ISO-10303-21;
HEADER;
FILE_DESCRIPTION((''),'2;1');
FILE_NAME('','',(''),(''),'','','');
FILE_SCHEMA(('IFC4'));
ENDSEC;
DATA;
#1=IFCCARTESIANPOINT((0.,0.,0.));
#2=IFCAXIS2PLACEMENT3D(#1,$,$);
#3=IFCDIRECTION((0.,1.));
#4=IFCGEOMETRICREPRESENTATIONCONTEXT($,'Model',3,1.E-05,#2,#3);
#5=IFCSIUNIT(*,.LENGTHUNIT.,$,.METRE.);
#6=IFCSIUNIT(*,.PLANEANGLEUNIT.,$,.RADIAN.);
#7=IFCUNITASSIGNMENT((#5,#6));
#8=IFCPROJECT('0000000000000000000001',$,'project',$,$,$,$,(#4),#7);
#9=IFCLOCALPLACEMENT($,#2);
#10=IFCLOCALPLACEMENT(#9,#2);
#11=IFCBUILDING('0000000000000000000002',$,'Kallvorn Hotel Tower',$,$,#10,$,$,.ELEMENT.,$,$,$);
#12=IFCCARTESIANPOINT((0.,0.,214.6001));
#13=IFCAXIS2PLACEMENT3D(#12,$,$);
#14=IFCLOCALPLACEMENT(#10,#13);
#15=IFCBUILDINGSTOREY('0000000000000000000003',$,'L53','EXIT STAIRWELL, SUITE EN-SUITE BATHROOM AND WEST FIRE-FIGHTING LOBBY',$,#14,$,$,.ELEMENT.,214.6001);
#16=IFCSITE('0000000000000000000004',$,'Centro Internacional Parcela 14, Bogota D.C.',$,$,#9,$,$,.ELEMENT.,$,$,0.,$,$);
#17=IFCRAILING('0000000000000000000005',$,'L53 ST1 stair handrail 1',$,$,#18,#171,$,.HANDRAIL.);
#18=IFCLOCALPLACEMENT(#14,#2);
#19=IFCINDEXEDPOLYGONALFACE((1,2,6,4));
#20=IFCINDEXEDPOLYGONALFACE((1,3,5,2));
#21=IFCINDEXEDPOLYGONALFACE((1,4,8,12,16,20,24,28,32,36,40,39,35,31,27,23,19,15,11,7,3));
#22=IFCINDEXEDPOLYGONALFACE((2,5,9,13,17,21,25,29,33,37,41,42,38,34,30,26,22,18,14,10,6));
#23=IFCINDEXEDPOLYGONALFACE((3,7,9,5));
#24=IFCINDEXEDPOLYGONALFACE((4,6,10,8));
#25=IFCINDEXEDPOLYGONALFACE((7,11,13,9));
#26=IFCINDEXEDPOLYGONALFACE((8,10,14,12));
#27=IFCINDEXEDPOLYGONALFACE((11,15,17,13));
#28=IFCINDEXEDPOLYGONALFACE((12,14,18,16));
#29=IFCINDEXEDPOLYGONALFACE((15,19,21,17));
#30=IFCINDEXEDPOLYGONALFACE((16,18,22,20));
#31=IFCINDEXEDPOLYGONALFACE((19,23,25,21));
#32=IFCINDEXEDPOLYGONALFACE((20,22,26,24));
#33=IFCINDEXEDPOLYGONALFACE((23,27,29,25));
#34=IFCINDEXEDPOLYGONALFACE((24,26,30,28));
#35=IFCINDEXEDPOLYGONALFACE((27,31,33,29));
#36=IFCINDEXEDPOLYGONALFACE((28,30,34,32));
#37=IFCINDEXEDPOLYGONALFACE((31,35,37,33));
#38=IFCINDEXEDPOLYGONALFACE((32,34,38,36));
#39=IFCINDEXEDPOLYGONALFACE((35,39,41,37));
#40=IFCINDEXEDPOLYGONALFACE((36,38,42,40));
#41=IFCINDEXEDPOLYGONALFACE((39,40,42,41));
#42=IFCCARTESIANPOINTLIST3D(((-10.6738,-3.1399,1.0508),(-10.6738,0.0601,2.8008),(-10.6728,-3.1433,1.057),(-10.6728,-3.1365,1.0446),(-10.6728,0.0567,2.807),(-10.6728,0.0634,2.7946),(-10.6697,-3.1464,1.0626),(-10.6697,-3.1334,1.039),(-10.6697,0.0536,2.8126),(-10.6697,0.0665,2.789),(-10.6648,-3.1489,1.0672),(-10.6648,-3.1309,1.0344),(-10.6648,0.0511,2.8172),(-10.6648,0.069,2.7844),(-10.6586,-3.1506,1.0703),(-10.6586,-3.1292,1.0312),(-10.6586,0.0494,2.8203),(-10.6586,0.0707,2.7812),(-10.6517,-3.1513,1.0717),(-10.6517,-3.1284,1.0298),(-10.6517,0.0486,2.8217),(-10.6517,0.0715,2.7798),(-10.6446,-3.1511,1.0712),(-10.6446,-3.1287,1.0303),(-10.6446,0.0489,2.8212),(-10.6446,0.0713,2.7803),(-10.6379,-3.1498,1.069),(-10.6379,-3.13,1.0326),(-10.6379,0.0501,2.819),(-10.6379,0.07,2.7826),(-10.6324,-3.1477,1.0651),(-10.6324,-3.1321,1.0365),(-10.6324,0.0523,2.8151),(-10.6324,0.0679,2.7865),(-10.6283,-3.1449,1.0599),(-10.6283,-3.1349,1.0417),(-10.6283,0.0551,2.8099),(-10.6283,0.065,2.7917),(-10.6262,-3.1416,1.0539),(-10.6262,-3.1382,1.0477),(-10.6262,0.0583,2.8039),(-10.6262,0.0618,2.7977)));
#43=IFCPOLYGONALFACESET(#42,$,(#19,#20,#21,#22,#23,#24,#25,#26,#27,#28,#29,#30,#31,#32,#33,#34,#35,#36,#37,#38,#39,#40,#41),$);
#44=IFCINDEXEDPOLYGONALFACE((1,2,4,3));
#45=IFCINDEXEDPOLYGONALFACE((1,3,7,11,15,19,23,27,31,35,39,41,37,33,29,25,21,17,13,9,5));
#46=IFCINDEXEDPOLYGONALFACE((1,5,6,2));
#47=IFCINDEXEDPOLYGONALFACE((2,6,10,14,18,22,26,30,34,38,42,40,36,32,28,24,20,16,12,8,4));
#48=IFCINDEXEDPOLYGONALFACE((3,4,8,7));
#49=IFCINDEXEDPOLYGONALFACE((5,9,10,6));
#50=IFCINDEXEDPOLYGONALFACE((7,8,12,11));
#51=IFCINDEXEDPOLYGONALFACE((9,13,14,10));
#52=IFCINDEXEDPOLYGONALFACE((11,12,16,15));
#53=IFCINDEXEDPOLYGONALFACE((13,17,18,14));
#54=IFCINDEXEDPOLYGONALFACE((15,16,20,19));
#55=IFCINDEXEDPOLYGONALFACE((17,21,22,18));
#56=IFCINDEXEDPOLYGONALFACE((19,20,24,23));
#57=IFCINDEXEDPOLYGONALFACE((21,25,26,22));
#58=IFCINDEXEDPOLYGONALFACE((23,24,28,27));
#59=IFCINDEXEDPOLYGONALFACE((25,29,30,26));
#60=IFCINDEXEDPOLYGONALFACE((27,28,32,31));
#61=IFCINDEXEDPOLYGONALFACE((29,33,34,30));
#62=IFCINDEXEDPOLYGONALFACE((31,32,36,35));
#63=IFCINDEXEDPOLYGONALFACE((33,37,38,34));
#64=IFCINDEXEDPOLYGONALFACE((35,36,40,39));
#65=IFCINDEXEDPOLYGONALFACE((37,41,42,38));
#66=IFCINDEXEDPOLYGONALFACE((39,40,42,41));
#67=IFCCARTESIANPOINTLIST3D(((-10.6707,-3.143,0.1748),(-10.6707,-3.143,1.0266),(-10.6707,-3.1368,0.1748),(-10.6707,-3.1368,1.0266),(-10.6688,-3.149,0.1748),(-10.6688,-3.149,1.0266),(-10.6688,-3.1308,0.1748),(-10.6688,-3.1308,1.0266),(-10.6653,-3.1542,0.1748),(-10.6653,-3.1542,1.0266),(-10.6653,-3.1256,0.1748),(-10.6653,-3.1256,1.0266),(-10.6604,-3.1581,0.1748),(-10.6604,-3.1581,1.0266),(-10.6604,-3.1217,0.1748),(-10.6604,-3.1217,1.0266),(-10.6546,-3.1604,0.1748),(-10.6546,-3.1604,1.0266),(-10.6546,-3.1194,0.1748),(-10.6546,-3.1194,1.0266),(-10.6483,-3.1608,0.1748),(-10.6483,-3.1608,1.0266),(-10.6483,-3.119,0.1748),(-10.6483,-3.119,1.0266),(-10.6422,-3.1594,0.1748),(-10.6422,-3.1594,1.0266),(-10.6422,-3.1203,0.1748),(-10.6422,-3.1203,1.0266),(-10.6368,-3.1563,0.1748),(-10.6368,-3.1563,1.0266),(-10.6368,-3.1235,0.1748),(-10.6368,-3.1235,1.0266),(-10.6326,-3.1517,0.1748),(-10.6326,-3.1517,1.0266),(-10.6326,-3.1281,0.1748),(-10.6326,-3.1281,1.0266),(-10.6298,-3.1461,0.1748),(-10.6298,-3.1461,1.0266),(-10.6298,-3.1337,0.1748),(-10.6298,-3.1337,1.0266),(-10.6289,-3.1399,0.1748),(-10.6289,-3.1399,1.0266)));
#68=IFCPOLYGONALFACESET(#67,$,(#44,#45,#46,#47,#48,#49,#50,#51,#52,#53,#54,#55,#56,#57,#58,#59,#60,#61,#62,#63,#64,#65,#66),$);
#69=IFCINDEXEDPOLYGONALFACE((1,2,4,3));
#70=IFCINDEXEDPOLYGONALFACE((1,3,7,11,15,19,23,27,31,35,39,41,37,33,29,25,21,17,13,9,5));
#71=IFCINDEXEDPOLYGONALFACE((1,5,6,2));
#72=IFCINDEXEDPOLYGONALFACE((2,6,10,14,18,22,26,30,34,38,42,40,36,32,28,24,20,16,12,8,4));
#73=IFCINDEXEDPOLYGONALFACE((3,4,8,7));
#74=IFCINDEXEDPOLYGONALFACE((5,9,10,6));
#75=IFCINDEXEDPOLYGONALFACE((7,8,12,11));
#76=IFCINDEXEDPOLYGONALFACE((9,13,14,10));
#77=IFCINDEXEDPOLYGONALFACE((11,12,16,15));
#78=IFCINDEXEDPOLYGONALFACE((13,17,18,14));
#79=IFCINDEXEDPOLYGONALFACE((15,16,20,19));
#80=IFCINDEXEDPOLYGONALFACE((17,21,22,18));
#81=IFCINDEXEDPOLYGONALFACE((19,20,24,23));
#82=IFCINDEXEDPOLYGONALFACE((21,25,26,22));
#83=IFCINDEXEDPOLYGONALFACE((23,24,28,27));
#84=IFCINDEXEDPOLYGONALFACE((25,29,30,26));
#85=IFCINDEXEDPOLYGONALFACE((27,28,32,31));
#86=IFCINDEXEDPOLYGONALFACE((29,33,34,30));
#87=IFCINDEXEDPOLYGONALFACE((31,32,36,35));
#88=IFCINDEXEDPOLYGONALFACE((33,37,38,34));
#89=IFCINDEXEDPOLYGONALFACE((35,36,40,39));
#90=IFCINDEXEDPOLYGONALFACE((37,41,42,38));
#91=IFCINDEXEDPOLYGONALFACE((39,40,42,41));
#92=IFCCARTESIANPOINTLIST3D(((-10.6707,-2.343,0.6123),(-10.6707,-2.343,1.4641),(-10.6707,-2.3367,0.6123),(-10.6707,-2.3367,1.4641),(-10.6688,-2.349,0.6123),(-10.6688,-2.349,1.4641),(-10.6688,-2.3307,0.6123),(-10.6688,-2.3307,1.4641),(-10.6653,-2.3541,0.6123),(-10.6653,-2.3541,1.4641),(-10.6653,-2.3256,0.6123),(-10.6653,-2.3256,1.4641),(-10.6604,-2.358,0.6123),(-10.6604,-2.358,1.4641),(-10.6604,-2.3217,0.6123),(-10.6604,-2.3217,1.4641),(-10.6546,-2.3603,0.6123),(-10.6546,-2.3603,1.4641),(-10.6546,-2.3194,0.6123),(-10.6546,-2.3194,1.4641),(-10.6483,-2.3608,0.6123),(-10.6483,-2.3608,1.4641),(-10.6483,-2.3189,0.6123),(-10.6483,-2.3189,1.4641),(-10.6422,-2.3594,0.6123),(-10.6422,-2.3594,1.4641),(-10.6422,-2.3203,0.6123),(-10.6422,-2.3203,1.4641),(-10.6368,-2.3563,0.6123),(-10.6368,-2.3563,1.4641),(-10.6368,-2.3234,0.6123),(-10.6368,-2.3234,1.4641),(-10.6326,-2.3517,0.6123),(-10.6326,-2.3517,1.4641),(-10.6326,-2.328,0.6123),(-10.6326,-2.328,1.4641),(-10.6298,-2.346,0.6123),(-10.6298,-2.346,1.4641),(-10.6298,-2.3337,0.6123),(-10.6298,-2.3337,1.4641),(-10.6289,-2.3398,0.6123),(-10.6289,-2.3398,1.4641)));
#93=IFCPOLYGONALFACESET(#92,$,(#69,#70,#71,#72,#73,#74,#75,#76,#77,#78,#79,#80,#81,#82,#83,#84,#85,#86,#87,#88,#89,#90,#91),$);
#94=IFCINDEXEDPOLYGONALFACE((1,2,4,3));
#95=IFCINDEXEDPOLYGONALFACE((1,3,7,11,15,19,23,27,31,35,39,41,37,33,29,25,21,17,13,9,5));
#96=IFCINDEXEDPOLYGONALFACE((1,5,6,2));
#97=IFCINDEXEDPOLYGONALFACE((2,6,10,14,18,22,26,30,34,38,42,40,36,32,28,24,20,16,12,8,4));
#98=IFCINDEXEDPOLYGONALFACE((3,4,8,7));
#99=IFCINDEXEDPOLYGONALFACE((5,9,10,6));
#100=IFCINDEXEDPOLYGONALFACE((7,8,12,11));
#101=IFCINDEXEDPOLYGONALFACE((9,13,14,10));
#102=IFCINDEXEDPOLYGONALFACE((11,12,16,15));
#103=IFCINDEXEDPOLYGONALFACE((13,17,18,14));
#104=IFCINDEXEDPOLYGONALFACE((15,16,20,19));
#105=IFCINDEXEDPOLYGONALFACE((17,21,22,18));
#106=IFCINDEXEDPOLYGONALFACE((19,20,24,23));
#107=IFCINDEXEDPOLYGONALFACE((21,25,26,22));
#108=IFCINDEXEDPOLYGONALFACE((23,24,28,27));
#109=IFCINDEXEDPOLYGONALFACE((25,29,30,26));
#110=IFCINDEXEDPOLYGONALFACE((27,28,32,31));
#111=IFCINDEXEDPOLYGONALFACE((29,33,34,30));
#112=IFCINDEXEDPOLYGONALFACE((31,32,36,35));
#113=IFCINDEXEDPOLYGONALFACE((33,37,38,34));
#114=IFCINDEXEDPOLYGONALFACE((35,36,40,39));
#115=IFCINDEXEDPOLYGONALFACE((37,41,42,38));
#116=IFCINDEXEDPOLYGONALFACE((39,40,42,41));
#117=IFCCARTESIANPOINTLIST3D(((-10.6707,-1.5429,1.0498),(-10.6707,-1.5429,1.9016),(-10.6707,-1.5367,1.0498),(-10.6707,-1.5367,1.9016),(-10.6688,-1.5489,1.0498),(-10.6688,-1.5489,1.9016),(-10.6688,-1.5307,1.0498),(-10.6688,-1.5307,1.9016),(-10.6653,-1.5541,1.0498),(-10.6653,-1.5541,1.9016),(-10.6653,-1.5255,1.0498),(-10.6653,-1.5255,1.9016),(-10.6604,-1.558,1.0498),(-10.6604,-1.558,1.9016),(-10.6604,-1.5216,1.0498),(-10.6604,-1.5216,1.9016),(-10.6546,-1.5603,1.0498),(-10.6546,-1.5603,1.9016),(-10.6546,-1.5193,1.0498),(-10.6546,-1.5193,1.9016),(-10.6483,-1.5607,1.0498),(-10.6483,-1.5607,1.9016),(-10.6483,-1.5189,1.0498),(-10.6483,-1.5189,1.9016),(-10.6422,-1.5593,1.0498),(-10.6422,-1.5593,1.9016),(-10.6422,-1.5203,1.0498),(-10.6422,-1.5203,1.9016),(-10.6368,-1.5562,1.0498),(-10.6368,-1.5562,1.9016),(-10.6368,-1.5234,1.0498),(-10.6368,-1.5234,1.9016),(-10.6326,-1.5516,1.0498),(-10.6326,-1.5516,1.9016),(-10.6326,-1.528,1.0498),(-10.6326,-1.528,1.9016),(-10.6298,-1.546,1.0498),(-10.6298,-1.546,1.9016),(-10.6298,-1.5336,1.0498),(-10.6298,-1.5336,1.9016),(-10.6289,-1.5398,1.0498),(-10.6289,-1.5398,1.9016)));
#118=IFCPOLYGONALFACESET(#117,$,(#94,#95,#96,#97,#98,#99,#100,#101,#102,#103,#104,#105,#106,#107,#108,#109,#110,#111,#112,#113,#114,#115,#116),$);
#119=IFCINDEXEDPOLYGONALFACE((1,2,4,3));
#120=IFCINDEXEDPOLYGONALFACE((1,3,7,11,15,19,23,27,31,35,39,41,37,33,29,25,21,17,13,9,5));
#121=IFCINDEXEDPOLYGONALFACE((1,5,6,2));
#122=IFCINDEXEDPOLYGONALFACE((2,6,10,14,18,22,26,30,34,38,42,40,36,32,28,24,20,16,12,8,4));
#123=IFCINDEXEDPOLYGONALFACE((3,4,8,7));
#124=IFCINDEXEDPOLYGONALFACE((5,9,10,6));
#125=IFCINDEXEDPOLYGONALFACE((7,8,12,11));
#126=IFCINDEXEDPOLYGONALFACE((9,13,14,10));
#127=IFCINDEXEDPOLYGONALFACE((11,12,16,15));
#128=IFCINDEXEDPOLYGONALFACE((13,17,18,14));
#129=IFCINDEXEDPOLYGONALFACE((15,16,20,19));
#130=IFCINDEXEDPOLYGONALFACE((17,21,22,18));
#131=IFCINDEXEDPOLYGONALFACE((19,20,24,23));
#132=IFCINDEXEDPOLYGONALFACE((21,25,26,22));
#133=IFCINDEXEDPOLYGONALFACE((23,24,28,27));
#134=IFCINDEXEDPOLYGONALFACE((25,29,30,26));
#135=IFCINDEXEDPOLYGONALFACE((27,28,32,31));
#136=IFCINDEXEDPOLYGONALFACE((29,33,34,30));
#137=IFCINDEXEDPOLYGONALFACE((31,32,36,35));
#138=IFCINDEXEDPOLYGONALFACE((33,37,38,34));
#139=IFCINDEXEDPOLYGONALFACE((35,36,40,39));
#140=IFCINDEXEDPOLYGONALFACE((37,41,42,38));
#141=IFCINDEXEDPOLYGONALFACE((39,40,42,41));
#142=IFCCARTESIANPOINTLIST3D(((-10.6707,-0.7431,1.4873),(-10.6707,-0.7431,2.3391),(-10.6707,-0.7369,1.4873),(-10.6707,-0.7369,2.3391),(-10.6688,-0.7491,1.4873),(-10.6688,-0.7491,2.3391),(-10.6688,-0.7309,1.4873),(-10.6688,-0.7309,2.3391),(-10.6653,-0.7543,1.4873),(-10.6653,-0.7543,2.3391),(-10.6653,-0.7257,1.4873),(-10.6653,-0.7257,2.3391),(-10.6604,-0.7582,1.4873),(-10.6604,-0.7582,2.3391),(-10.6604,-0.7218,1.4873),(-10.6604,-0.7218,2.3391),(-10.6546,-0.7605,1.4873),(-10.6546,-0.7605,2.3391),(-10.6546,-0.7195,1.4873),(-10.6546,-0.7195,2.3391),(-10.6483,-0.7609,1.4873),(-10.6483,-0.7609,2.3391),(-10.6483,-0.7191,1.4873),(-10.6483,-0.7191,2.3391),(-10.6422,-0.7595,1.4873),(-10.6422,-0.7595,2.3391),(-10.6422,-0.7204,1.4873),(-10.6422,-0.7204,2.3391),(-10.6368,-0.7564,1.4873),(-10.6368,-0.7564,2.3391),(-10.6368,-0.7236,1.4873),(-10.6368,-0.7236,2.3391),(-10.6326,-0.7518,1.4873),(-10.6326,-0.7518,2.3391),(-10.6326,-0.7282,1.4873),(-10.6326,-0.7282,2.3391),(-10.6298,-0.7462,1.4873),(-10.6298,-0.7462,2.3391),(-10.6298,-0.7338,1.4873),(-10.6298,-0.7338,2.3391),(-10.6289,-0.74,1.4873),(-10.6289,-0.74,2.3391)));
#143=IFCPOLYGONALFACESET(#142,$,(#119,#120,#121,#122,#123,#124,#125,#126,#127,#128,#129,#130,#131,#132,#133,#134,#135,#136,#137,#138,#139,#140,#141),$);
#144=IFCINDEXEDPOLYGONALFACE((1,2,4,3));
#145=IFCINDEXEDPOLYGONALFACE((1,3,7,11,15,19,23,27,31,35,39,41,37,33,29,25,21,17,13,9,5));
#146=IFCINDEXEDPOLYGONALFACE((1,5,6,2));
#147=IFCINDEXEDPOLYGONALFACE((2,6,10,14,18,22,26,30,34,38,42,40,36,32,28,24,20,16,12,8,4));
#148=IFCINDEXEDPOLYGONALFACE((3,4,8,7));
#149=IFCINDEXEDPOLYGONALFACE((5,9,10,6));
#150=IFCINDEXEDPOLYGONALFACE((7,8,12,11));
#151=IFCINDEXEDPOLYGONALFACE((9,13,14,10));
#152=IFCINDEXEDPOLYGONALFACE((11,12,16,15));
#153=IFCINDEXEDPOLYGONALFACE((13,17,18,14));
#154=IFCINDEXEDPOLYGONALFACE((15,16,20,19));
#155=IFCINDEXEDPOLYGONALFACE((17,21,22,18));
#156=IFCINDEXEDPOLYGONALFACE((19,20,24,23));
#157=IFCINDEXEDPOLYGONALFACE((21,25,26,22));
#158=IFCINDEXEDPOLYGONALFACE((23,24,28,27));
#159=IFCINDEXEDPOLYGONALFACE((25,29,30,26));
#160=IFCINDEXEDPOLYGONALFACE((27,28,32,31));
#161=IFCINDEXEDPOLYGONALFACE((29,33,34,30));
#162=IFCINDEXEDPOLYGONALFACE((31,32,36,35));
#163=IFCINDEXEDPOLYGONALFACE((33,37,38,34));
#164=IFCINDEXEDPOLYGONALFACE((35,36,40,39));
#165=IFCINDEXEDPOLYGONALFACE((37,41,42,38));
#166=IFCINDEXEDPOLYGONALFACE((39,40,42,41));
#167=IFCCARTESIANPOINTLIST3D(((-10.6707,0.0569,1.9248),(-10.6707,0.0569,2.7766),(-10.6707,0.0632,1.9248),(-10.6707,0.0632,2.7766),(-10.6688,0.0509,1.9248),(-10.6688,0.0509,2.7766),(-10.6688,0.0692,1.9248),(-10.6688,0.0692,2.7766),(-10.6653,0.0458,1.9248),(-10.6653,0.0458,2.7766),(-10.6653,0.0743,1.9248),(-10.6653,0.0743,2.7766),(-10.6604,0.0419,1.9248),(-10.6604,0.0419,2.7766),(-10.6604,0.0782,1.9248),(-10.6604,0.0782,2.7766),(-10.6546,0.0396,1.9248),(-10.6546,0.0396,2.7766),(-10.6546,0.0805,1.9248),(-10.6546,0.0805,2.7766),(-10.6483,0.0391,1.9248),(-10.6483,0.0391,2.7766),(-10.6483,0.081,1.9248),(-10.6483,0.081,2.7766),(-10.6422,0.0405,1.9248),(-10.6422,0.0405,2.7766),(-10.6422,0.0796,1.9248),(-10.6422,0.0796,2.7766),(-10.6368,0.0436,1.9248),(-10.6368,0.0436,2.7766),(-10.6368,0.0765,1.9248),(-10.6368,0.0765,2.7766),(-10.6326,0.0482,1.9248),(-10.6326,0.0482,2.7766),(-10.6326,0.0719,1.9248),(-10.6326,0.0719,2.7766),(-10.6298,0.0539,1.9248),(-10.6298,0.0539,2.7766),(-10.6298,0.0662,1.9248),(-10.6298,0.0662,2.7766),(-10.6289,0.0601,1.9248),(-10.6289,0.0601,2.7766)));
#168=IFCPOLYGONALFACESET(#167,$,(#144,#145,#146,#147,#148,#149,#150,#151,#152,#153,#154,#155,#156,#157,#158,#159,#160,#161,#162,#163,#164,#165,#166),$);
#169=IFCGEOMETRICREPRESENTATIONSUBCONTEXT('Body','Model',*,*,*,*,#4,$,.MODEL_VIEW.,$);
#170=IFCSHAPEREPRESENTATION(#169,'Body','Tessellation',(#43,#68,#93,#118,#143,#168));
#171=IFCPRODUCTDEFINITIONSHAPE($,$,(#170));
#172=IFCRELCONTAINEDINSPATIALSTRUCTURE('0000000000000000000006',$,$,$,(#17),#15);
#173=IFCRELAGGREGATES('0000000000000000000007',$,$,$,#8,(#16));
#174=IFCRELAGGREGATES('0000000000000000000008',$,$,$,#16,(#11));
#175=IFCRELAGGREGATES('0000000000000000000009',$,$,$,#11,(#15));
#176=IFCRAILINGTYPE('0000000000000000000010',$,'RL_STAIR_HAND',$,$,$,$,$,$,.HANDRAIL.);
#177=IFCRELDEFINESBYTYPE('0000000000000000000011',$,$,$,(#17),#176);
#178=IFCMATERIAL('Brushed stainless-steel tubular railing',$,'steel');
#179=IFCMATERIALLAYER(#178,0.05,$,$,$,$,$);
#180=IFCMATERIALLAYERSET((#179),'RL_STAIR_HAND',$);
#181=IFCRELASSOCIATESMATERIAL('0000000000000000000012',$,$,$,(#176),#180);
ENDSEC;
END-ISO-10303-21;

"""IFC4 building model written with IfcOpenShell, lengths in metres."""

from ifc_helpers import new_model, si_unit, direction, frame, origin, origin_2d, place, context, subcontext, project, spatial, circle, extrude, material, layer, layer_set, type_object, element, save


model = new_model("IFC4")

# Units and contexts
model_context = context("Model", 3, precision=1e-05, world=origin(), true_north=direction((0.0, 1.0)))
body_context = subcontext(model_context, "Body", "Model", "MODEL_VIEW")
ifc_project = project(units=[si_unit("LENGTHUNIT", "METRE"), si_unit("PLANEANGLEUNIT", "RADIAN")], contexts=[model_context])

# Site, building, storey
site_placement = place(None, origin())
site = spatial("IfcSite", under=ifc_project, at=site_placement, Name="Centro Internacional Parcela 14, Bogota D.C.", CompositionType="ELEMENT", RefElevation=0.0)
building_placement = place(site_placement, origin())
building = spatial("IfcBuilding", under=site, at=building_placement, Name="Kallvorn Hotel Tower", CompositionType="ELEMENT")
storey_placement = place(building_placement, frame((0.0, 0.0, 214.6001)))
storey = spatial("IfcBuildingStorey", under=building, at=storey_placement, Name="L53", Description="EXIT STAIRWELL, SUITE EN-SUITE BATHROOM AND WEST FIRE-FIGHTING LOBBY", CompositionType="ELEMENT", Elevation=214.6001)

# Railing
ifc_material_1 = material(Name="Brushed stainless-steel tubular railing", Category="steel")
ifc_layer_1 = layer(ifc_material_1, 0.05)
ifc_layer_set_1 = layer_set([ifc_layer_1], Name="RL_STAIR_HAND")
railing_type_1 = type_object("IfcRailingType", Name="RL_STAIR_HAND", PredefinedType="HANDRAIL", material=ifc_layer_set_1)
railing_1_placement = place(storey_placement, frame((-10.6499, -3.1399, 0.1748)))
element("IfcRailing", 1, at=railing_1_placement, inside=storey, type_object=railing_type_1, Name="L53 ST1 stair handrail 1", PredefinedType="HANDRAIL", context=body_context, shape_type="SweptSolid", body=[
    extrude(circle(Radius=0.0239, at=origin_2d()), frame((0.0, 0.0, 0.876), z_axis=(0.0, 0.877368, 0.479818), x_axis=(-1.0, 0.0, 0.0)), (0.0, 0.0, 1.0), 3.6472),
    extrude(circle(Radius=0.021, at=origin_2d()), origin(), (0.0, 0.0, 1.0), 0.8518),
    extrude(circle(Radius=0.021, at=origin_2d()), frame((0.0, 0.8, 0.4375)), (0.0, 0.0, 1.0), 0.8518),
    extrude(circle(Radius=0.021, at=origin_2d()), frame((0.0, 1.6001, 0.875)), (0.0, 0.0, 1.0), 0.8518),
    extrude(circle(Radius=0.021, at=origin_2d()), frame((0.0, 2.3999, 1.3125)), (0.0, 0.0, 1.0), 0.8518),
    extrude(circle(Radius=0.021, at=origin_2d()), frame((0.0, 3.2, 1.75)), (0.0, 0.0, 1.0), 0.8518),
])

save(model, "model.ifc")
